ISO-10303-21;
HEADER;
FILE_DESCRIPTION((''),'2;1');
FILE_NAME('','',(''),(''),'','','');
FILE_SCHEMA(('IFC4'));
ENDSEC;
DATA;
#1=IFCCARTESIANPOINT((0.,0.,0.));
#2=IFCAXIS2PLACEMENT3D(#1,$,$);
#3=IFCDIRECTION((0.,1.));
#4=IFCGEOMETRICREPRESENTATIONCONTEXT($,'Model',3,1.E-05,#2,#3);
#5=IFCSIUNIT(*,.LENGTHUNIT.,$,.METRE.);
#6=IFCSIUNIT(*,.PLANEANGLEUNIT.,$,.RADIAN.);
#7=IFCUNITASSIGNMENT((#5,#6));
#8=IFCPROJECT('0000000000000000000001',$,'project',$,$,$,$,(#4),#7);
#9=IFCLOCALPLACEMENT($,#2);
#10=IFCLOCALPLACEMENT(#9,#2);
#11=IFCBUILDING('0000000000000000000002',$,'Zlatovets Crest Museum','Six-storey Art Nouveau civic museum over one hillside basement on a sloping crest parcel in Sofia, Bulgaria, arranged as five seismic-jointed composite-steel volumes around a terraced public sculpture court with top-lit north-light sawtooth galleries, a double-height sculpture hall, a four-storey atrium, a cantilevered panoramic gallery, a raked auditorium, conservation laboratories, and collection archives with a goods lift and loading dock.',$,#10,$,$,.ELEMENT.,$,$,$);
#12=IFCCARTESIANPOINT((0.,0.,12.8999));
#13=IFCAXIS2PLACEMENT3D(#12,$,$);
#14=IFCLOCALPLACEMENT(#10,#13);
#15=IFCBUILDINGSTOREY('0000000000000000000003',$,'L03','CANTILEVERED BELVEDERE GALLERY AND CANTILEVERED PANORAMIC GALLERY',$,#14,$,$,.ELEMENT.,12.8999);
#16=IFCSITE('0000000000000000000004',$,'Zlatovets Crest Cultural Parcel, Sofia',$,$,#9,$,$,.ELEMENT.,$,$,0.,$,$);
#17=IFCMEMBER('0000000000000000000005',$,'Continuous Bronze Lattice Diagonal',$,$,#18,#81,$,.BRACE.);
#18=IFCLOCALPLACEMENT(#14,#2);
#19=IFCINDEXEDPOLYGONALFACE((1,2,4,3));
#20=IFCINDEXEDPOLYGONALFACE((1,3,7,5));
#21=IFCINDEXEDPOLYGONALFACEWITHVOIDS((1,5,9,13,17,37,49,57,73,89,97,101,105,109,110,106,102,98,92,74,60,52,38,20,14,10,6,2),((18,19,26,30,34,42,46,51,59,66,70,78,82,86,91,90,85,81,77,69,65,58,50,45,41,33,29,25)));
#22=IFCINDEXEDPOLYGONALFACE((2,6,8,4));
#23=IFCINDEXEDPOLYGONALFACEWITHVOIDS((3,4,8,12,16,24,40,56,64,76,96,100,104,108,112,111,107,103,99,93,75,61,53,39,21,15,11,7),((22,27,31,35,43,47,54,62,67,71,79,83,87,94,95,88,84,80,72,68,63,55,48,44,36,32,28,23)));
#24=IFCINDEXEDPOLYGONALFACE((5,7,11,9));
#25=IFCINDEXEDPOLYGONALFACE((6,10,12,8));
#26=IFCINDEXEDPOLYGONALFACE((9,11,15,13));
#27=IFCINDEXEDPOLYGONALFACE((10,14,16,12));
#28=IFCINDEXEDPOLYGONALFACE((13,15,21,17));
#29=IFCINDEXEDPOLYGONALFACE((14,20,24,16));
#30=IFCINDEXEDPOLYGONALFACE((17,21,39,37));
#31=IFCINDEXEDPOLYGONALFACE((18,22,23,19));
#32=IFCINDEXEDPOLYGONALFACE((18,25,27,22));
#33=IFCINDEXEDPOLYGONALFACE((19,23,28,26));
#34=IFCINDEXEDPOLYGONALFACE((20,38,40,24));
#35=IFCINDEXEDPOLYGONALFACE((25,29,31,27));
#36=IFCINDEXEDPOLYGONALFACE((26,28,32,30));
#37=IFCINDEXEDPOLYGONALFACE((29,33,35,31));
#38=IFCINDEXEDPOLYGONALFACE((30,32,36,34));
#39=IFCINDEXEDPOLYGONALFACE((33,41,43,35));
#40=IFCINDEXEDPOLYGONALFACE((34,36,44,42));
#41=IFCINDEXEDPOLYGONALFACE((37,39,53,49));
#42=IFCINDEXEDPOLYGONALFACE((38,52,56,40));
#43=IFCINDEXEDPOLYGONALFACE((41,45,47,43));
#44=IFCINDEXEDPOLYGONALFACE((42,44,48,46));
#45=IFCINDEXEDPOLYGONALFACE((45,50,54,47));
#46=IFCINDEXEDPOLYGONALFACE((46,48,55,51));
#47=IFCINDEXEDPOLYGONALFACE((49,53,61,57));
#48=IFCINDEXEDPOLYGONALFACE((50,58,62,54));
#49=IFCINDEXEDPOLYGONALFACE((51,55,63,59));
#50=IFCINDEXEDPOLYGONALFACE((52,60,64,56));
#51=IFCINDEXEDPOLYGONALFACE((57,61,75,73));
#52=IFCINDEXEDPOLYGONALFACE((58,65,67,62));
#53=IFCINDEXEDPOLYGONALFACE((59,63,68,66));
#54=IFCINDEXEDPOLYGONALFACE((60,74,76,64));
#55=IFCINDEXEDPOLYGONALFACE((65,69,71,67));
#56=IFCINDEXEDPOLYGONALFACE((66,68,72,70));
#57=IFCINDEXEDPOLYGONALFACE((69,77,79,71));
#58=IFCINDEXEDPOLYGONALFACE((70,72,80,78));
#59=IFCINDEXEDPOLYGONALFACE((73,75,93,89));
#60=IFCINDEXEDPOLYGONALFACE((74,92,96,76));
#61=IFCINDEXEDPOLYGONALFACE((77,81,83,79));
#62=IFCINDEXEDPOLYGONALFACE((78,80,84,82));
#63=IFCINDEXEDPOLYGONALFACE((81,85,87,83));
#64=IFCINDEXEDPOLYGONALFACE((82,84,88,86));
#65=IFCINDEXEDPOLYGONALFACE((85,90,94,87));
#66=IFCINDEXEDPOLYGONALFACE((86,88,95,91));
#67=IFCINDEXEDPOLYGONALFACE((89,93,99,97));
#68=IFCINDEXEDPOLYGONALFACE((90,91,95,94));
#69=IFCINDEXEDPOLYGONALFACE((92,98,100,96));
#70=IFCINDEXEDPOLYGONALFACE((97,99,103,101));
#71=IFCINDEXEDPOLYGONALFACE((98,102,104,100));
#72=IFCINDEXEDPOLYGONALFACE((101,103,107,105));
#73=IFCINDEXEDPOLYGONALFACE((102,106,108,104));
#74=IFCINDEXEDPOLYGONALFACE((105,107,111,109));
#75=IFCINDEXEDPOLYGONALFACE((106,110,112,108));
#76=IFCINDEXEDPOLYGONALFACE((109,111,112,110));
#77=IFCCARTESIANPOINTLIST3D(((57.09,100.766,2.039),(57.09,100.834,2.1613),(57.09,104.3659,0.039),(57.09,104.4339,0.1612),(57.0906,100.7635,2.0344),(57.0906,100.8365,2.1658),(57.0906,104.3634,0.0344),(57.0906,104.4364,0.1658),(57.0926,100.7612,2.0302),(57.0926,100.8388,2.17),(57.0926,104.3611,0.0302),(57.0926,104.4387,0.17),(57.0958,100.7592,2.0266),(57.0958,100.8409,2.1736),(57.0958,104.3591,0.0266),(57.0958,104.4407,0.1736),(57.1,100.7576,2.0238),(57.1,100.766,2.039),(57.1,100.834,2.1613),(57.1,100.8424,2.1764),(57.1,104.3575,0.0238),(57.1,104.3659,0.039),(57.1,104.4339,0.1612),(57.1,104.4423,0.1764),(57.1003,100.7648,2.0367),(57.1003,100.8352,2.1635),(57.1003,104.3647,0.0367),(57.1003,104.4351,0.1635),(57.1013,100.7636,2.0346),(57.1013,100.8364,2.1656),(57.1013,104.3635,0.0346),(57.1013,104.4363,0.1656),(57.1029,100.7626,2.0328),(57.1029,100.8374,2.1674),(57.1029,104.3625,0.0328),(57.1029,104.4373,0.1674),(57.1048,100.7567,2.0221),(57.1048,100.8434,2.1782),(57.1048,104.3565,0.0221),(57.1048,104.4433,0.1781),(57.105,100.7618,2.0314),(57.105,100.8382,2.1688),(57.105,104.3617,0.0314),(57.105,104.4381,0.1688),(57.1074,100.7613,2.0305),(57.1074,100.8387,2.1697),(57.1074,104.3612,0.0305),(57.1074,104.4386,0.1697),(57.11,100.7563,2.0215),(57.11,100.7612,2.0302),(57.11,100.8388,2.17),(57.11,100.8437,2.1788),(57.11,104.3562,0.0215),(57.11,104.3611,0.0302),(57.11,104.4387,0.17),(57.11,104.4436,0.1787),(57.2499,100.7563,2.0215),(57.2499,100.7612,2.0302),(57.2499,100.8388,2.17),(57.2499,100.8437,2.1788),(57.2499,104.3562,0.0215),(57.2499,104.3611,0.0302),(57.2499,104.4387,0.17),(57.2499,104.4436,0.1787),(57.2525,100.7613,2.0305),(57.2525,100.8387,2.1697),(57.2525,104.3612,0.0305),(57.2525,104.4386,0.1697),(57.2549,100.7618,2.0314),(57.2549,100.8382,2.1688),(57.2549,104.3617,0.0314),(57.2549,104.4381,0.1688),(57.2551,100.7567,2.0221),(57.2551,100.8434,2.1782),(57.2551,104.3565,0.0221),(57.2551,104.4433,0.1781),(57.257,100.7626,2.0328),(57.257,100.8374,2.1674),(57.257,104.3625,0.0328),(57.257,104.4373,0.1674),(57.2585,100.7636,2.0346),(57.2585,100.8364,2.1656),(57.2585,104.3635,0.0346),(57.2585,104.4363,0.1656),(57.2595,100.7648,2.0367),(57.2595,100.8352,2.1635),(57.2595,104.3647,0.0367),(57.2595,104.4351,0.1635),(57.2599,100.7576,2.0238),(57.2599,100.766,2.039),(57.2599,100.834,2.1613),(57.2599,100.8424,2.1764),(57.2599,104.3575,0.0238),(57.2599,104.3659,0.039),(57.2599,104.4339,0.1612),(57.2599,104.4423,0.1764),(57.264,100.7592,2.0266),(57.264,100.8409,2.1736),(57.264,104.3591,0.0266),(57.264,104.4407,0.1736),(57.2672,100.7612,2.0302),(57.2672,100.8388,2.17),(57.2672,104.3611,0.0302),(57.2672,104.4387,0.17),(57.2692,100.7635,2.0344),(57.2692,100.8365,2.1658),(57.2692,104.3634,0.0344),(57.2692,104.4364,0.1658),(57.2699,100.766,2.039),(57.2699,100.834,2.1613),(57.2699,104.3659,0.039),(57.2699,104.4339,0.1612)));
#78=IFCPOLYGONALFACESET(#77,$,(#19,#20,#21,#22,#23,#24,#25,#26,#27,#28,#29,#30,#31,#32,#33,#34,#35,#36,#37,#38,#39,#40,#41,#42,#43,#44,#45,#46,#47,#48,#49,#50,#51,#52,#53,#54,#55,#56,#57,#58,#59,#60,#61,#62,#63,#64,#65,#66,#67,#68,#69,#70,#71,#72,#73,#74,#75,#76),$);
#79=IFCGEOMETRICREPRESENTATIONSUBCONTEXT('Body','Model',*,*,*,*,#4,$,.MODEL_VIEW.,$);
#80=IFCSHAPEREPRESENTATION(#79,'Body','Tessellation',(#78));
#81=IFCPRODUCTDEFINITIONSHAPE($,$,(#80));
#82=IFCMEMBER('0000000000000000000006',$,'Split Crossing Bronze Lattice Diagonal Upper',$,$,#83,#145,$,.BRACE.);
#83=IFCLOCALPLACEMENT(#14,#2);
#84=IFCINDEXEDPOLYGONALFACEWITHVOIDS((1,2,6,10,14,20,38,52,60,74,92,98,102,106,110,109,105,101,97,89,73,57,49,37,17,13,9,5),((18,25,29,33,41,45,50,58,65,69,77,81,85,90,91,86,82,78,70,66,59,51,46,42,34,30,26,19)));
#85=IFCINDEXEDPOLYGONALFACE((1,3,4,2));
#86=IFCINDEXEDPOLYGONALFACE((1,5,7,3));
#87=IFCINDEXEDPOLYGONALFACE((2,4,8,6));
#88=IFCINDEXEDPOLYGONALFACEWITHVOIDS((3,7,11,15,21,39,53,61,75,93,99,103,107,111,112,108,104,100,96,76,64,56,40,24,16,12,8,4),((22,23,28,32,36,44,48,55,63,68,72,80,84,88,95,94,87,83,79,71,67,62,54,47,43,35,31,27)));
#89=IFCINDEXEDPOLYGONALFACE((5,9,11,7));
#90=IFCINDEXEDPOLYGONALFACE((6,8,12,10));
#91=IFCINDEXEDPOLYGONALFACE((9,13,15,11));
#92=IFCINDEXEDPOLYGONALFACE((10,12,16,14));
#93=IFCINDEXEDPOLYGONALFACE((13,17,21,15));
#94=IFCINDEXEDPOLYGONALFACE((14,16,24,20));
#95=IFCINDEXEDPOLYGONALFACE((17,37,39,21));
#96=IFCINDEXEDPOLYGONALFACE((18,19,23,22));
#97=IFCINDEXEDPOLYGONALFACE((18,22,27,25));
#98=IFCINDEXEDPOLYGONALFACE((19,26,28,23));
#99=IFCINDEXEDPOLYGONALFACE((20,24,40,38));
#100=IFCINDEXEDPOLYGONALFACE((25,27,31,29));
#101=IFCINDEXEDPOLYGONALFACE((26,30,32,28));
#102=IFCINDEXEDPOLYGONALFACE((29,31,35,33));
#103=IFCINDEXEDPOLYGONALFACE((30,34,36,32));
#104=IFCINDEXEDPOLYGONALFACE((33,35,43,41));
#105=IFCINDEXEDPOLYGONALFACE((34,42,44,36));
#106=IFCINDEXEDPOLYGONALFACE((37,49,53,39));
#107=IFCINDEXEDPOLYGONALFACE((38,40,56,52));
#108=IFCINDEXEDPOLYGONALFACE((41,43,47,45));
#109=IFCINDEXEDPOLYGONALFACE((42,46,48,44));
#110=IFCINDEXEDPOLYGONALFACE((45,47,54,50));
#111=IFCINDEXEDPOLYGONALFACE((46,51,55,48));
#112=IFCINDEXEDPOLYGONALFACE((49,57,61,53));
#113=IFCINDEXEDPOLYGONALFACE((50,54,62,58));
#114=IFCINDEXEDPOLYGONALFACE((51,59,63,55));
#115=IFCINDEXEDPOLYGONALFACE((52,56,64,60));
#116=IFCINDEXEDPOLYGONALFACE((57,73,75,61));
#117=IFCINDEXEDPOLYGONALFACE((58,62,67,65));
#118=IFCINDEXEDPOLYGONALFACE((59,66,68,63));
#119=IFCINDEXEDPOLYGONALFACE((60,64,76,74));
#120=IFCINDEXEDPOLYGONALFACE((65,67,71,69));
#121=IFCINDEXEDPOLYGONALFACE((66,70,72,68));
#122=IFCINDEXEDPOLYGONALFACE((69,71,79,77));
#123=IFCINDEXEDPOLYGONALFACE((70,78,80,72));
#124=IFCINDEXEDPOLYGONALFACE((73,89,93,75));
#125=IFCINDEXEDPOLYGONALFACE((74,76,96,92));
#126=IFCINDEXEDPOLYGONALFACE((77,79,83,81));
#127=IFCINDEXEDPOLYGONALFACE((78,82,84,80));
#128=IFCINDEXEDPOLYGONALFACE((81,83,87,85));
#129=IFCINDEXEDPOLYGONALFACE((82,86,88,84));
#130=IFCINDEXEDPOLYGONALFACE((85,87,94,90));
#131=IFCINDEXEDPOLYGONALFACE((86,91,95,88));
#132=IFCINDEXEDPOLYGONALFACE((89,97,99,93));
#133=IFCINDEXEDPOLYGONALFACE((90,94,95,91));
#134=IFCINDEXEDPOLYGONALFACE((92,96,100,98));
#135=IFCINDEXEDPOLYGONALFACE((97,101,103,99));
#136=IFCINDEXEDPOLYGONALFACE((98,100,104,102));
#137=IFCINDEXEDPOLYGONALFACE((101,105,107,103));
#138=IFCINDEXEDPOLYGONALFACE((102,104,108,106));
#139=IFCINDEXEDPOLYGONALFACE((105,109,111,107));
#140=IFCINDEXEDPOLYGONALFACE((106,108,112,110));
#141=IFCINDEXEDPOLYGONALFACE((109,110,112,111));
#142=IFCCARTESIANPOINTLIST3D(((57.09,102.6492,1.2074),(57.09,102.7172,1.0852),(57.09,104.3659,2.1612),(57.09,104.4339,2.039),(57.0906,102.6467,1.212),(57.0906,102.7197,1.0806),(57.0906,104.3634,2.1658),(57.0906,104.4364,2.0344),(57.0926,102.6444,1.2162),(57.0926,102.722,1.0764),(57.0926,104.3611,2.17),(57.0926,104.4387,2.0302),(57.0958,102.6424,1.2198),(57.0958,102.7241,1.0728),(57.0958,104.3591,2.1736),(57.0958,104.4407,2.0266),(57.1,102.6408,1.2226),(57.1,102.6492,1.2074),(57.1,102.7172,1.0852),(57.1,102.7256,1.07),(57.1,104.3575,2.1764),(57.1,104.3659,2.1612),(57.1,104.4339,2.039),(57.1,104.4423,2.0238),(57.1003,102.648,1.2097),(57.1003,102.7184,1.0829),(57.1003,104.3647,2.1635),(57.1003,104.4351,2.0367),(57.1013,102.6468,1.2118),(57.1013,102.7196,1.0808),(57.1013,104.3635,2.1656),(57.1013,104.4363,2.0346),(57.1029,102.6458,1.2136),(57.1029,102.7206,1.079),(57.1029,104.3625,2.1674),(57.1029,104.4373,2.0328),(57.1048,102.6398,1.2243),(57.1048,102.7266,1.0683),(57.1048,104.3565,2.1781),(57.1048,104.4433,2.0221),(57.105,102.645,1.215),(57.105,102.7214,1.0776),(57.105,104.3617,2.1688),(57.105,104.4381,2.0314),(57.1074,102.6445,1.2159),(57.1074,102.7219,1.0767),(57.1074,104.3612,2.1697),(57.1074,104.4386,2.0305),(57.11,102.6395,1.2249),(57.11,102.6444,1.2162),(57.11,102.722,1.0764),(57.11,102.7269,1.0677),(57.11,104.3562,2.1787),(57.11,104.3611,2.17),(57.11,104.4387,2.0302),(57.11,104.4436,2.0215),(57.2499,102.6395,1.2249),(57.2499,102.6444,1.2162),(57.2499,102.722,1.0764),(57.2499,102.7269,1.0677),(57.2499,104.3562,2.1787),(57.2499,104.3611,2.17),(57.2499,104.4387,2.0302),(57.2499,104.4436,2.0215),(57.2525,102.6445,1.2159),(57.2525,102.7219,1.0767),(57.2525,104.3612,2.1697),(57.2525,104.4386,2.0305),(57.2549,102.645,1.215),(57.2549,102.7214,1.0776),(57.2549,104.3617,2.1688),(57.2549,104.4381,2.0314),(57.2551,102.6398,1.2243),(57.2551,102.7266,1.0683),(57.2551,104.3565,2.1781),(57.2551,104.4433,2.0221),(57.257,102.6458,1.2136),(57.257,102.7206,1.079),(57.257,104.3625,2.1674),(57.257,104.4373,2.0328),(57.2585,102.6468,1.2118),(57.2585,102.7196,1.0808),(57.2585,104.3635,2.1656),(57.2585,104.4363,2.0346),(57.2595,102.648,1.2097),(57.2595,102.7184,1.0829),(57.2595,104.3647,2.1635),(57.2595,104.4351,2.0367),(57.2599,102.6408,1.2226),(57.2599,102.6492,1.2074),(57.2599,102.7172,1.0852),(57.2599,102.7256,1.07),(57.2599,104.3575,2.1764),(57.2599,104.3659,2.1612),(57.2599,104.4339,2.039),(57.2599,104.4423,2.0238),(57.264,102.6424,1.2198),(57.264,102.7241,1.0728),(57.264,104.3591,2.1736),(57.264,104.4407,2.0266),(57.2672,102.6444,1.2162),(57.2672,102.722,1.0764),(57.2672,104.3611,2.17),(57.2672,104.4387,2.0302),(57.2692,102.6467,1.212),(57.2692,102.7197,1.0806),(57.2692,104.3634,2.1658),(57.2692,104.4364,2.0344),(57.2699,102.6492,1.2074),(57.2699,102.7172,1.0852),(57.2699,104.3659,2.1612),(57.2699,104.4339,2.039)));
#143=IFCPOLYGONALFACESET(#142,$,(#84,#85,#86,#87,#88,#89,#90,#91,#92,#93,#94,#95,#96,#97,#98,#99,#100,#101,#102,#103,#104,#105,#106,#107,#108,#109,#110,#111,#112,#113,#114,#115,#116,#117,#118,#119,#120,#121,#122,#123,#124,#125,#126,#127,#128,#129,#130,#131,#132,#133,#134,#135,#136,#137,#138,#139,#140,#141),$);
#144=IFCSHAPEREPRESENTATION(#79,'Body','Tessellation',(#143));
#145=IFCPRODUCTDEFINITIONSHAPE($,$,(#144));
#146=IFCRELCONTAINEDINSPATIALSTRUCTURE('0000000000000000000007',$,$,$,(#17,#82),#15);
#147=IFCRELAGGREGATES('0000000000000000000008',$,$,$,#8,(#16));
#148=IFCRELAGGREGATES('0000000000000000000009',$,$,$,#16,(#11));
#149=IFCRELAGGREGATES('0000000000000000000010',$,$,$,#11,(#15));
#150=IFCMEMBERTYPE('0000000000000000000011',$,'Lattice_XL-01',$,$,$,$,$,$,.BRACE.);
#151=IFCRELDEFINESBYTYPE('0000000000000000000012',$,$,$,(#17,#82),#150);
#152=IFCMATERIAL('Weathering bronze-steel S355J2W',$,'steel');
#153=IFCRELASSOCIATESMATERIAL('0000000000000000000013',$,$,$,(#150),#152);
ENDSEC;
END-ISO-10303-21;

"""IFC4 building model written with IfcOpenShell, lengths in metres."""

from ifc_helpers import new_model, si_unit, direction, frame, origin, origin_2d, place, context, subcontext, project, spatial, hollow_rectangle, extrude, material, material_profile, profile_set, type_object, element, save


model = new_model("IFC4")

# Units and contexts
model_context = context("Model", 3, precision=1e-05, world=origin(), true_north=direction((0.0, 1.0)))
body_context = subcontext(model_context, "Body", "Model", "MODEL_VIEW")
ifc_project = project(units=[si_unit("LENGTHUNIT", "METRE"), si_unit("PLANEANGLEUNIT", "RADIAN")], contexts=[model_context])

# Site, building, storey
site_placement = place(None, origin())
site = spatial("IfcSite", under=ifc_project, at=site_placement, Name="Zlatovets Crest Cultural Parcel, Sofia", CompositionType="ELEMENT", RefElevation=0.0)
building_placement = place(site_placement, origin())
building = spatial("IfcBuilding", under=site, at=building_placement, Name="Zlatovets Crest Museum", Description="Six-storey Art Nouveau civic museum over one hillside basement on a sloping crest parcel in Sofia, Bulgaria, arranged as five seismic-jointed composite-steel volumes around a terraced public sculpture court with top-lit north-light sawtooth galleries, a double-height sculpture hall, a four-storey atrium, a cantilevered panoramic gallery, a raked auditorium, conservation laboratories, and collection archives with a goods lift and loading dock.", CompositionType="ELEMENT")
storey_placement = place(building_placement, frame((0.0, 0.0, 12.8999)))
storey = spatial("IfcBuildingStorey", under=building, at=storey_placement, Name="L03", Description="CANTILEVERED BELVEDERE GALLERY AND CANTILEVERED PANORAMIC GALLERY", CompositionType="ELEMENT", Elevation=12.8999)

# Members
ifc_material_1 = material(Name="Weathering bronze-steel S355J2W", Category="steel")
ifc_material_profile_1 = material_profile(ifc_material_1, hollow_rectangle(XDim=0.1799, YDim=0.1799, WallThickness=0.01, InnerFilletRadius=0.01, OuterFilletRadius=0.02, at=origin_2d()), Name="SHS 180x180x10.0")
ifc_profile_set_1 = profile_set([ifc_material_profile_1], Name="Weathering bronze-steel S355J2W")
member_type_1 = type_object("IfcMemberType", Name="Lattice_XL-01", PredefinedType="BRACE", material=ifc_profile_set_1)
member_1_placement = place(storey_placement, frame((57.1799, 104.3999, 0.1001), z_axis=(0.0, -0.874149, 0.485658), x_axis=(1.0, 0.0, 0.0)))
element("IfcMember", 1, at=member_1_placement, inside=storey, type_object=member_type_1, Name="Continuous Bronze Lattice Diagonal", PredefinedType="BRACE", context=body_context, shape_type="SweptSolid", body=[
    extrude(hollow_rectangle(XDim=0.1799, YDim=0.1799, WallThickness=0.01, InnerFilletRadius=0.01, OuterFilletRadius=0.02, at=origin_2d()), origin(), (0.0, 0.0, 1.0), 4.1182),
])
member_2_placement = place(storey_placement, frame((57.1799, 104.3999, 2.1001), z_axis=(0.0, -0.87414, -0.485675), x_axis=(1.0, 0.0, 0.0)))
element("IfcMember", 2, at=member_2_placement, inside=storey, type_object=member_type_1, Name="Split Crossing Bronze Lattice Diagonal Upper", PredefinedType="BRACE", context=body_context, shape_type="SweptSolid", body=[
    extrude(hollow_rectangle(XDim=0.1799, YDim=0.1799, WallThickness=0.01, InnerFilletRadius=0.01, OuterFilletRadius=0.02, at=origin_2d()), origin(), (0.0, 0.0, 1.0), 1.9639),
])

save(model, "model.ifc")
